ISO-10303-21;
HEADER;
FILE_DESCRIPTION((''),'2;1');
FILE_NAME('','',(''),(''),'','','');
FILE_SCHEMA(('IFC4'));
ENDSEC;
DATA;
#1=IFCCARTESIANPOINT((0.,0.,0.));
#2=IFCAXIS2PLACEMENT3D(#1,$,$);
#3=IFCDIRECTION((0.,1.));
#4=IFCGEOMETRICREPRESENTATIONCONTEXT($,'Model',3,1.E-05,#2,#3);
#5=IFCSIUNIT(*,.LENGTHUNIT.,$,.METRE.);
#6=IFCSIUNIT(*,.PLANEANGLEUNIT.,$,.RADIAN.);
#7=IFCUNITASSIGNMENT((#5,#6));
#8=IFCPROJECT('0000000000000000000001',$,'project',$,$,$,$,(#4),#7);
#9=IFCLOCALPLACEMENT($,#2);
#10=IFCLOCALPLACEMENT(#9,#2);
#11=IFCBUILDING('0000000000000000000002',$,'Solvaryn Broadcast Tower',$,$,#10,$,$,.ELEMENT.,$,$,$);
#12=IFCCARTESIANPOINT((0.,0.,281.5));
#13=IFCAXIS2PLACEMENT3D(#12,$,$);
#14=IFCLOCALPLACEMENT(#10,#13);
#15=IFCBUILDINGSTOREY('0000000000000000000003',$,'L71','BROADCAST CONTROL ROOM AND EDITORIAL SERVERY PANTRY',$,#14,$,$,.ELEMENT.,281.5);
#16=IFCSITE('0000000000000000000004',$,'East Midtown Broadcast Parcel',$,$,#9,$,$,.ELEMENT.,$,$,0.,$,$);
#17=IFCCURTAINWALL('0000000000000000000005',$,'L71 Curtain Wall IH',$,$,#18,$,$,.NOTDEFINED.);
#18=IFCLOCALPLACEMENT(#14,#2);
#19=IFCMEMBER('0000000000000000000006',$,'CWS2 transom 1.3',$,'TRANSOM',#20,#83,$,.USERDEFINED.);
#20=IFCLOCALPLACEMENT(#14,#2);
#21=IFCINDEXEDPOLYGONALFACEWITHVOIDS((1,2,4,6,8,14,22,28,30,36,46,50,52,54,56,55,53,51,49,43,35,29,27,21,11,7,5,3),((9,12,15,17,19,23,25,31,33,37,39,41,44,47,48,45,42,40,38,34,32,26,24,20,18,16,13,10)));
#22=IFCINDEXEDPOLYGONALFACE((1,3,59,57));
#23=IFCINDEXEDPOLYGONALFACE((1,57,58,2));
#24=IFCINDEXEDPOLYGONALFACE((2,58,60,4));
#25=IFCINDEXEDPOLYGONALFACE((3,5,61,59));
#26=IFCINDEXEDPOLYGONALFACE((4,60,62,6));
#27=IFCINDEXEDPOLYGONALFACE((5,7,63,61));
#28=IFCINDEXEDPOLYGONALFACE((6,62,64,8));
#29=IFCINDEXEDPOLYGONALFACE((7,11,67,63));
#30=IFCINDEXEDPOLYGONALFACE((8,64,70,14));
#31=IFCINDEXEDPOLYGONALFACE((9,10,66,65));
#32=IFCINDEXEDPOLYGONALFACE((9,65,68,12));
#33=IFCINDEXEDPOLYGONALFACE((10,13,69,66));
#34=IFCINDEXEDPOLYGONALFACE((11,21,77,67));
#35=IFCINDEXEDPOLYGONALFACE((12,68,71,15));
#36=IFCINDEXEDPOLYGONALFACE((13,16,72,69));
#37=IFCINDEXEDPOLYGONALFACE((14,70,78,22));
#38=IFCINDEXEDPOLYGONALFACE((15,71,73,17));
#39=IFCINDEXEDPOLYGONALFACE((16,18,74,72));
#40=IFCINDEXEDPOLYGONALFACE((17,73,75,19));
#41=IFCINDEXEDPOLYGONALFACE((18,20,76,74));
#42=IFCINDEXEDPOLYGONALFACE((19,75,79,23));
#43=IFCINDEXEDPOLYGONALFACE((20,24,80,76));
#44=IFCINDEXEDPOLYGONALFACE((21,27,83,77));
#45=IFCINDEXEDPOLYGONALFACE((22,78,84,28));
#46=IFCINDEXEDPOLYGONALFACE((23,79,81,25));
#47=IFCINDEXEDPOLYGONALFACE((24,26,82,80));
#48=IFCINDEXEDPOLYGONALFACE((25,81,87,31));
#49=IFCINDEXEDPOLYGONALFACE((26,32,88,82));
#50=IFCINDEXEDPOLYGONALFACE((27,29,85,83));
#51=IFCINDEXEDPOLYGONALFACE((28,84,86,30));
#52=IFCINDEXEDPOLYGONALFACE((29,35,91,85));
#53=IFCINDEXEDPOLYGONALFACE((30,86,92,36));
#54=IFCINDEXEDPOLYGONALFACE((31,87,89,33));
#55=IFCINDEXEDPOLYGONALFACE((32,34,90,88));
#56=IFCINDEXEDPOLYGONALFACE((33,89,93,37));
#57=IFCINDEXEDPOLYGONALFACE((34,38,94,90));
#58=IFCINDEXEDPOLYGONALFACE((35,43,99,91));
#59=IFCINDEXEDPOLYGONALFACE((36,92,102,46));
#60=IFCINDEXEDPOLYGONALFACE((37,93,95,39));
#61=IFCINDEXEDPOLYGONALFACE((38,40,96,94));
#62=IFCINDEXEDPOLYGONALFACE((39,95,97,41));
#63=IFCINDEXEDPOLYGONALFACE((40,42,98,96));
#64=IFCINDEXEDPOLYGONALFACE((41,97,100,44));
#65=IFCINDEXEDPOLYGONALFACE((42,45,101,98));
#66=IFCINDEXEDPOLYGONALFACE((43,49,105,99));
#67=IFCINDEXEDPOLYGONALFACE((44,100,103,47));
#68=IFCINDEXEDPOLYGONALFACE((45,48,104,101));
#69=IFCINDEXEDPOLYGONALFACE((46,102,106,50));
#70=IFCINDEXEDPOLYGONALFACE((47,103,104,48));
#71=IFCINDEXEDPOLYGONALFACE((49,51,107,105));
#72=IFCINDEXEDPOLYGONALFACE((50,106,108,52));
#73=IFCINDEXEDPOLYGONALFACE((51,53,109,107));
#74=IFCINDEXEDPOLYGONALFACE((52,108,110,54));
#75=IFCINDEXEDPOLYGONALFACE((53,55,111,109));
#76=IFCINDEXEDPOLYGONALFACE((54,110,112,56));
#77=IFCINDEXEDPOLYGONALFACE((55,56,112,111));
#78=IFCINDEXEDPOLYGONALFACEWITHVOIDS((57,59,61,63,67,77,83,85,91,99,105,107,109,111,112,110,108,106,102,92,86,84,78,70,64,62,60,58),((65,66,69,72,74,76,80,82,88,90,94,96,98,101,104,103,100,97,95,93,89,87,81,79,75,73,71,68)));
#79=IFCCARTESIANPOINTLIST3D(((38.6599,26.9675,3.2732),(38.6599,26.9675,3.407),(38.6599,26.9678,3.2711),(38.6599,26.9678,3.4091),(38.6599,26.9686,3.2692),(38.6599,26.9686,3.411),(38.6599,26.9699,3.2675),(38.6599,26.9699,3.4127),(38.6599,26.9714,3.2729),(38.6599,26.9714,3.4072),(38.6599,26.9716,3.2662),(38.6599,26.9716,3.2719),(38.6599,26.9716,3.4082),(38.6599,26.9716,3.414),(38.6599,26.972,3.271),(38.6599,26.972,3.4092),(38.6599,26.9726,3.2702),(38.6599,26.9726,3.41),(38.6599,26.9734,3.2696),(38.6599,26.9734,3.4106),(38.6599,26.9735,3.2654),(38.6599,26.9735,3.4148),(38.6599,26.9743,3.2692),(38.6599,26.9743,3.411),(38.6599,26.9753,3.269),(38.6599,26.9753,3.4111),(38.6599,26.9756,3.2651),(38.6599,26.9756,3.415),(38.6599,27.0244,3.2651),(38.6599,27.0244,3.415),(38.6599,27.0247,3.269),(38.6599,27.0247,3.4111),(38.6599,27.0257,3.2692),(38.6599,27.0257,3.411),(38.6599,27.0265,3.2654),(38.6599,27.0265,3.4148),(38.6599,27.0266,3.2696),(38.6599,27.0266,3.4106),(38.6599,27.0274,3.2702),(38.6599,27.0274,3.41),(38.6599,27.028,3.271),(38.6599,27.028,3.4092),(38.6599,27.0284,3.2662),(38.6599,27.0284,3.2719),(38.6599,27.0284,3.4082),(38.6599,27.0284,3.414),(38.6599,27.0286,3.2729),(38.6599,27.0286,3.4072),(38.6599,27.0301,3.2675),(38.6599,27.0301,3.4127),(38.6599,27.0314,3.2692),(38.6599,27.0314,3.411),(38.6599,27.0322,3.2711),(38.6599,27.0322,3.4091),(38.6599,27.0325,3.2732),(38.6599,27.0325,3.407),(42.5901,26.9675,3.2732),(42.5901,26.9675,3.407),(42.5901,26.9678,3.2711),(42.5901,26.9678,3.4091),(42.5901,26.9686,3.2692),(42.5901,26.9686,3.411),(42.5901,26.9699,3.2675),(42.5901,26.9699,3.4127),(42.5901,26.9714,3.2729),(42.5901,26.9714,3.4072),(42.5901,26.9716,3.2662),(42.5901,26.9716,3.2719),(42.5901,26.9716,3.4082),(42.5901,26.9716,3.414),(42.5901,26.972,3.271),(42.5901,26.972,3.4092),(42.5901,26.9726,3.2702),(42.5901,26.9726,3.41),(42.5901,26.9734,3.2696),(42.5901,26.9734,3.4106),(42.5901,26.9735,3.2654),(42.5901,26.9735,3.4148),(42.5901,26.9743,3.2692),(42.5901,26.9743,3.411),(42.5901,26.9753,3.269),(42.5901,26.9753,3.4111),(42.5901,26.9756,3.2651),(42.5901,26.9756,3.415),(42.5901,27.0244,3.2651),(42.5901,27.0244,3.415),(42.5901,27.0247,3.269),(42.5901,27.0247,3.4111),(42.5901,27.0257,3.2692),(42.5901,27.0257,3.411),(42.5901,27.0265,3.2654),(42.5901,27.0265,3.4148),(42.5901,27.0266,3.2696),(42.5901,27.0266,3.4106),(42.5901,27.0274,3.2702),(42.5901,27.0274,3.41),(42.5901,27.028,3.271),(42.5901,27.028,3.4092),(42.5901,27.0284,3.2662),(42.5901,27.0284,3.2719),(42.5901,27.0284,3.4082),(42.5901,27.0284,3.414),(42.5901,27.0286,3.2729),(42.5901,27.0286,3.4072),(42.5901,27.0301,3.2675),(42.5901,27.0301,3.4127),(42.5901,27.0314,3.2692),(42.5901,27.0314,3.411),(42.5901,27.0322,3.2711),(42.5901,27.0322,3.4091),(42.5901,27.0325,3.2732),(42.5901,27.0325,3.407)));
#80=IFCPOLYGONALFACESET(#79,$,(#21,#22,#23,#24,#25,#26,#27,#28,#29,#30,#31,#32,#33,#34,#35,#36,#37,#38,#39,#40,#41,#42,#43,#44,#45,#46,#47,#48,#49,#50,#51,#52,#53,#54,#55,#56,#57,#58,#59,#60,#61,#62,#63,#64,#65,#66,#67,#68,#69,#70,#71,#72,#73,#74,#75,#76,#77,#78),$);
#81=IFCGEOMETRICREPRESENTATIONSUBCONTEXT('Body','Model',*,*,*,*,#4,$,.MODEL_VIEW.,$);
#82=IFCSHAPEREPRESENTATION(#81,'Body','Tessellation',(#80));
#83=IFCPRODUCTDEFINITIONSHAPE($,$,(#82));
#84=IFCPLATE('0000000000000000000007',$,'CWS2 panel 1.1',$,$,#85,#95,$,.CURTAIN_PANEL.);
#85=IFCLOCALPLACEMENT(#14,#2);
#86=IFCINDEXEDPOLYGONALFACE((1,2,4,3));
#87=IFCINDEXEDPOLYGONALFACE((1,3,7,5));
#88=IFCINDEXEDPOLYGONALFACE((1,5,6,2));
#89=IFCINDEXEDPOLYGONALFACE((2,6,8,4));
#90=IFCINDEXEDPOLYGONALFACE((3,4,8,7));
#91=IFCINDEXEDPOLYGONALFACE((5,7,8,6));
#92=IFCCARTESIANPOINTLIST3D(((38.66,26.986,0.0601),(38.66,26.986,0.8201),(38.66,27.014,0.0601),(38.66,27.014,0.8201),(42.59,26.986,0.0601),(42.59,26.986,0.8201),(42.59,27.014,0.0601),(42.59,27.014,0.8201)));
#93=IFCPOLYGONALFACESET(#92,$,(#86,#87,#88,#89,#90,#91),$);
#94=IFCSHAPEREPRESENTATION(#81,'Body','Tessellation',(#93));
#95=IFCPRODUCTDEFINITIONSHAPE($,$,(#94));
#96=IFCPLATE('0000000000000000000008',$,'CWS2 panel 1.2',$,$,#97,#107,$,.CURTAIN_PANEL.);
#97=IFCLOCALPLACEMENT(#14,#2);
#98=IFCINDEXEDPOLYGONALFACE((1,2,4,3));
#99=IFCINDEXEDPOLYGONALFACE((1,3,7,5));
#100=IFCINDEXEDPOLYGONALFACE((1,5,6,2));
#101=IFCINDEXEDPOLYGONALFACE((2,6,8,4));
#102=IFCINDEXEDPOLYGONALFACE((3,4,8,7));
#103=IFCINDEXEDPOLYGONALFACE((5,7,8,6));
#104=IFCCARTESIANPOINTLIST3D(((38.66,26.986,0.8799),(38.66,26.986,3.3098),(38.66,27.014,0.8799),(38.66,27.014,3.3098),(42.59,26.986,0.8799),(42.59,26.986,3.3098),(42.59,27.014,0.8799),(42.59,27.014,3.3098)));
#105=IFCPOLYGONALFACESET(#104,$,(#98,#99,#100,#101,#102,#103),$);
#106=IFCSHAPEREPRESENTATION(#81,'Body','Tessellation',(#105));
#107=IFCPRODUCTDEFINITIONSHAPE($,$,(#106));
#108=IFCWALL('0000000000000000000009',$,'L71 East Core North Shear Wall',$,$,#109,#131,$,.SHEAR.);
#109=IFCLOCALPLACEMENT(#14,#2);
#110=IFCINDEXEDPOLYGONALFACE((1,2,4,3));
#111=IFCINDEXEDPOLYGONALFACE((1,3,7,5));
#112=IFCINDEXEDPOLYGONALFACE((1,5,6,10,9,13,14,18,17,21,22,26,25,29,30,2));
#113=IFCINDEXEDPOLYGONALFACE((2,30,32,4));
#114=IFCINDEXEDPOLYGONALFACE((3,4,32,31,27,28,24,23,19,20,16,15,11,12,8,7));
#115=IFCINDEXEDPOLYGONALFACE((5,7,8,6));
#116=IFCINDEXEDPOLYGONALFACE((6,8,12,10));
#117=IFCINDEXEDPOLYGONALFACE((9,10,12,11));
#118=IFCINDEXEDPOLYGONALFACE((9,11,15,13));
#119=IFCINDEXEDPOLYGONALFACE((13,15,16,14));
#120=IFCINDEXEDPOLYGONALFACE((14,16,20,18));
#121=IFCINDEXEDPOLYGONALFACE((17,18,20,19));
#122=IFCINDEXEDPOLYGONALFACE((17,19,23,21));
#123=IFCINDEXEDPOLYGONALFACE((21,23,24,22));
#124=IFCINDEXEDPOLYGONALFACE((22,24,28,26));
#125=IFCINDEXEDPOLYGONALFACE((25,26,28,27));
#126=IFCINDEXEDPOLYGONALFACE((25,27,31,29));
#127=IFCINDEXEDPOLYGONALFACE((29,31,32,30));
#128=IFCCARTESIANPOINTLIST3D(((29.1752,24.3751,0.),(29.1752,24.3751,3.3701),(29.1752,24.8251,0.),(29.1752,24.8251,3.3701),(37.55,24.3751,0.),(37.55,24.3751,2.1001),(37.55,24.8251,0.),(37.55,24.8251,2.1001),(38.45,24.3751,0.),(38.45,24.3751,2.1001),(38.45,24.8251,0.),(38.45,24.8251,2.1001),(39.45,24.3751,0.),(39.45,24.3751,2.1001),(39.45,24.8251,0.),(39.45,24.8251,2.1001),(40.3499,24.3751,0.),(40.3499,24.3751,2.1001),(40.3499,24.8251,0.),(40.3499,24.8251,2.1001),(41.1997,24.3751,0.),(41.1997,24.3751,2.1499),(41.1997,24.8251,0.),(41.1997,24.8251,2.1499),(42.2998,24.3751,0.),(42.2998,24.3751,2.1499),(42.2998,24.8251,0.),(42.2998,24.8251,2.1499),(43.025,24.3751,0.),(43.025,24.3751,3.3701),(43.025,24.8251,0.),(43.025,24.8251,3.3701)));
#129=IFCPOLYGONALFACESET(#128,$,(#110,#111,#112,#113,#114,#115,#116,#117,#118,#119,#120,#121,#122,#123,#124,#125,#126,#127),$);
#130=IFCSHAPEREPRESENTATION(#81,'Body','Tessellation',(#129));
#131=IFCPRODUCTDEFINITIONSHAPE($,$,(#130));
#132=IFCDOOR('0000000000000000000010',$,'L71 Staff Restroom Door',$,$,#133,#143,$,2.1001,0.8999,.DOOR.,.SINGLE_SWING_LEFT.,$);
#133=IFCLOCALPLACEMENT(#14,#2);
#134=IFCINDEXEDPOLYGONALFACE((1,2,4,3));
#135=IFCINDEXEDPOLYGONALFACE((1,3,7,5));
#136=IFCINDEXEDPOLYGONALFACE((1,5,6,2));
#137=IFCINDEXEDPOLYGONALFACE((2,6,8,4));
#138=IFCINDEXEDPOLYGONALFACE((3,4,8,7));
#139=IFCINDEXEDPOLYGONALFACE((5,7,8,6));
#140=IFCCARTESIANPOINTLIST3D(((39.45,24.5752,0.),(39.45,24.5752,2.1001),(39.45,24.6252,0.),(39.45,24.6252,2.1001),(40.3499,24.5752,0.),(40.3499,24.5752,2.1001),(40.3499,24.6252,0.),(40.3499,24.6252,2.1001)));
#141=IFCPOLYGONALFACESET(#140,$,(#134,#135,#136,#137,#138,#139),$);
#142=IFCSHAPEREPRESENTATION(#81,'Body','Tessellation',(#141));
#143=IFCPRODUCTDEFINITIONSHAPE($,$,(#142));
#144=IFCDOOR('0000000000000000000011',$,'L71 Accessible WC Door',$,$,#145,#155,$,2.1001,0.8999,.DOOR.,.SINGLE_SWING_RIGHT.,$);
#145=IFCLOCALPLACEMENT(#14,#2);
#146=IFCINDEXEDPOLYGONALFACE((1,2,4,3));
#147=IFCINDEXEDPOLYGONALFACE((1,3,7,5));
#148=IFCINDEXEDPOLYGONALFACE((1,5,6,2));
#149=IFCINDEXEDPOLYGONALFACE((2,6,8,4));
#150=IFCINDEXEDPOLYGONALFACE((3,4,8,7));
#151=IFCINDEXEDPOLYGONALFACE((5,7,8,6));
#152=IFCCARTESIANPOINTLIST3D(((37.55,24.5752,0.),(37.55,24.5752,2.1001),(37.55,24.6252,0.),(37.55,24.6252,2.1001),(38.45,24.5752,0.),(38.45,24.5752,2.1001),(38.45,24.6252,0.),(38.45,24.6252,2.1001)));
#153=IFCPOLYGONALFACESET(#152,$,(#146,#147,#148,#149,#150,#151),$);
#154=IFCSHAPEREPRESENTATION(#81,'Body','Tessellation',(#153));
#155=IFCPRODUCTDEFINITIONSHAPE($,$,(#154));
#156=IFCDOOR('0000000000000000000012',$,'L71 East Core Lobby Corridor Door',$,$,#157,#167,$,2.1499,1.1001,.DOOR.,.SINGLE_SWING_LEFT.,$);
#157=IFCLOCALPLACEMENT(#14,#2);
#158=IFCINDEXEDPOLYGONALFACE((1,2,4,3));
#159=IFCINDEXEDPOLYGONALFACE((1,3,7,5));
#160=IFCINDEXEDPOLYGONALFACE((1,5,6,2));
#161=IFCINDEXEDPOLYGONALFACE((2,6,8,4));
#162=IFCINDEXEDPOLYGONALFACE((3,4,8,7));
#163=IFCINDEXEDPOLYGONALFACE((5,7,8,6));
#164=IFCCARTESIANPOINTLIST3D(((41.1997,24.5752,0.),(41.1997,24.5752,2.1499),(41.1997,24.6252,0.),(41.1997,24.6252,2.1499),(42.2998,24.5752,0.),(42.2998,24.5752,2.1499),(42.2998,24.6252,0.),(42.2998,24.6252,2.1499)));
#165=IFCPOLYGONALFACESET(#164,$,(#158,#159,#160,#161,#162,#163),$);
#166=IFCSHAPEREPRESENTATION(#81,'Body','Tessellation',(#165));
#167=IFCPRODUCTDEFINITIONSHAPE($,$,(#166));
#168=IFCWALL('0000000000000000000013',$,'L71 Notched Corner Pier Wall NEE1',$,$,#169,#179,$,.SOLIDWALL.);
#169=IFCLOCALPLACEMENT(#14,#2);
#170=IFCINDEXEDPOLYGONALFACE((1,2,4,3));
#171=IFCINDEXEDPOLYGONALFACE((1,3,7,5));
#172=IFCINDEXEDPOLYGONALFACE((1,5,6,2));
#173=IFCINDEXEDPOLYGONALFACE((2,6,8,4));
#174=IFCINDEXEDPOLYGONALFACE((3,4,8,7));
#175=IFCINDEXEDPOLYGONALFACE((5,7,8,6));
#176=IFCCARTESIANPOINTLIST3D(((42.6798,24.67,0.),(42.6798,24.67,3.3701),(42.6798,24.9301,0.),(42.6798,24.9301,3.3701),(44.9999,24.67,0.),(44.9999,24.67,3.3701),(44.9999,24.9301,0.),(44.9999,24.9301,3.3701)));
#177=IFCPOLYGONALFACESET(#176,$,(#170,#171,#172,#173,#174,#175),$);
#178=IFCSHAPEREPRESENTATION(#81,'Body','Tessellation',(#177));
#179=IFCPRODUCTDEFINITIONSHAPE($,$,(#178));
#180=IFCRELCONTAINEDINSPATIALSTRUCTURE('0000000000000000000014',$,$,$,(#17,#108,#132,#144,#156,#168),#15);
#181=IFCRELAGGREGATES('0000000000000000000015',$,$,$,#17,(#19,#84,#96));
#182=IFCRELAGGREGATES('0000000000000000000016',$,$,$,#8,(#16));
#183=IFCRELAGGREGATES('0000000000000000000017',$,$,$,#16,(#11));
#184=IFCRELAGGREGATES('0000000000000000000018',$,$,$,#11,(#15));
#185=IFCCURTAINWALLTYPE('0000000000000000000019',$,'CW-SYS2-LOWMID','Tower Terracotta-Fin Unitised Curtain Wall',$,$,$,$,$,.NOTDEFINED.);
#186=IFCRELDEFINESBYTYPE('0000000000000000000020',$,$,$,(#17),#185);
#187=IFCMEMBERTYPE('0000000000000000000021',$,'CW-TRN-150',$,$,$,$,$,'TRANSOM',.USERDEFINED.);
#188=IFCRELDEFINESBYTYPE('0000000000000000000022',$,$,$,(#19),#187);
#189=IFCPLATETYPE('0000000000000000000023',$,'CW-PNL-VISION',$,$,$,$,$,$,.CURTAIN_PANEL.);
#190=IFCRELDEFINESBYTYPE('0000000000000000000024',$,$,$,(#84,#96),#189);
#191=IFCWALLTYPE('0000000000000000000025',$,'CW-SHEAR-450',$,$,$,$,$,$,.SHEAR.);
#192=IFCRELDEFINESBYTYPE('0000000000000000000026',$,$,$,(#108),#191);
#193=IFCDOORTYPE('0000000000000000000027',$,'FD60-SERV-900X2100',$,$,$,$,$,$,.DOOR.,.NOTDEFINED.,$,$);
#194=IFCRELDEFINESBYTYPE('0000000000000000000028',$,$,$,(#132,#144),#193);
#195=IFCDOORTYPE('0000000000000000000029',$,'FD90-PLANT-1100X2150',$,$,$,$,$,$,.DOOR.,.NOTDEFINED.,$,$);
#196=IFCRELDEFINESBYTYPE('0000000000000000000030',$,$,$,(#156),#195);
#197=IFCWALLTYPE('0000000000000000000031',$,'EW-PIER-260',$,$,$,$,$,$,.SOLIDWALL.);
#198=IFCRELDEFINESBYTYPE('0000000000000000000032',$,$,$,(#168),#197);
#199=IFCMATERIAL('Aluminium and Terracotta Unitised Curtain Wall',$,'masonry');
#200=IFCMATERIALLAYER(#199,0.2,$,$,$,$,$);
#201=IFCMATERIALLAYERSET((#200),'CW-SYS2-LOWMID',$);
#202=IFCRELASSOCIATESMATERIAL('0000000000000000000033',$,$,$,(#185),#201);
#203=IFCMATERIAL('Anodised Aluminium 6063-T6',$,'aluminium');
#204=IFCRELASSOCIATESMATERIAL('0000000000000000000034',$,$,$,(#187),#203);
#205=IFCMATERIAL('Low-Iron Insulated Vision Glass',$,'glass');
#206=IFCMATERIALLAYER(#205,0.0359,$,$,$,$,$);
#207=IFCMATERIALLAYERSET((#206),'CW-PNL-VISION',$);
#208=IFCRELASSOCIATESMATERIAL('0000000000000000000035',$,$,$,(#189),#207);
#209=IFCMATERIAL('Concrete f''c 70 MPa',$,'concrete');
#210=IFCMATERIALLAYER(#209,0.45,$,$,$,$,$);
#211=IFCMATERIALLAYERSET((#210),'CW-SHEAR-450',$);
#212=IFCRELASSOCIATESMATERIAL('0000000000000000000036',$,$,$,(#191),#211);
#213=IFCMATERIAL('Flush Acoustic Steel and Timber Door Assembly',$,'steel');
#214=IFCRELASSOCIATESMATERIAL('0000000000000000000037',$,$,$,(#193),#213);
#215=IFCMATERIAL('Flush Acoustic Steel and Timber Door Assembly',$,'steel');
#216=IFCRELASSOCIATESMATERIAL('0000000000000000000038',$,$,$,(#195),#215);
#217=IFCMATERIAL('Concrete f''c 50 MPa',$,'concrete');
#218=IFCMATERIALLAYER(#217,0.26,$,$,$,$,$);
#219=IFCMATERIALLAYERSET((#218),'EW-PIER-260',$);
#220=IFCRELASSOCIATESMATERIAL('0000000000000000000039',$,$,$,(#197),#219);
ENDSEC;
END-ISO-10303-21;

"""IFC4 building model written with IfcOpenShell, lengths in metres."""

from ifc_helpers import new_model, si_unit, direction, frame, frame_2d, origin, origin_2d, place, context, subcontext, project, spatial, rectangle, hollow_rectangle, extrude, material, layer, layer_set, material_profile, profile_set, type_object, element, fill, aggregate, save


model = new_model("IFC4")

# Units and contexts
model_context = context("Model", 3, precision=1e-05, world=origin(), true_north=direction((0.0, 1.0)))
body_context = subcontext(model_context, "Body", "Model", "MODEL_VIEW")
ifc_project = project(units=[si_unit("LENGTHUNIT", "METRE"), si_unit("PLANEANGLEUNIT", "RADIAN")], contexts=[model_context])

# Site, building, storey
site_placement = place(None, origin())
site = spatial("IfcSite", under=ifc_project, at=site_placement, Name="East Midtown Broadcast Parcel", CompositionType="ELEMENT", RefElevation=0.0)
building_placement = place(site_placement, origin())
building = spatial("IfcBuilding", under=site, at=building_placement, Name="Solvaryn Broadcast Tower", CompositionType="ELEMENT")
storey_placement = place(building_placement, frame((0.0, 0.0, 281.5)))
storey = spatial("IfcBuildingStorey", under=building, at=storey_placement, Name="L71", Description="BROADCAST CONTROL ROOM AND EDITORIAL SERVERY PANTRY", CompositionType="ELEMENT", Elevation=281.5)

# Shared definitions
ifc_material_1 = material(Name="Aluminium and Terracotta Unitised Curtain Wall", Category="masonry")
ifc_layer_1 = layer(ifc_material_1, 0.2)
ifc_layer_set_1 = layer_set([ifc_layer_1], Name="CW-SYS2-LOWMID")
curtain_wall_type = type_object("IfcCurtainWallType", Name="CW-SYS2-LOWMID", Description="Tower Terracotta-Fin Unitised Curtain Wall", PredefinedType="NOTDEFINED", material=ifc_layer_set_1)

# Curtain wall
curtain_wall_1_placement = place(storey_placement, origin())
curtain_wall_1 = element("IfcCurtainWall", 1, at=curtain_wall_1_placement, inside=storey, type_object=curtain_wall_type, Name="L71 Curtain Wall IH", PredefinedType="NOTDEFINED")

# Member
ifc_material_2 = material(Name="Anodised Aluminium 6063-T6", Category="aluminium")
ifc_material_profile_1 = material_profile(ifc_material_2, hollow_rectangle(XDim=0.0649, YDim=0.1499, WallThickness=0.0039, InnerFilletRadius=0.0039, OuterFilletRadius=0.0081, at=origin_2d()))
ifc_profile_set_1 = profile_set([ifc_material_profile_1], Name="Anodised Aluminium 6063-T6")
member_type_1 = type_object("IfcMemberType", Name="CW-TRN-150", ElementType="TRANSOM", PredefinedType="USERDEFINED", material=ifc_profile_set_1)
member_1_placement = place(storey_placement, frame((38.6599, 27.0, 3.3401), z_axis=(1.0, 0.0, 0.0), x_axis=(0.0, 1.0, 0.0)))
member_1 = element("IfcMember", 2, at=member_1_placement, type_object=member_type_1, Name="CWS2 transom 1.3", ObjectType="TRANSOM", PredefinedType="USERDEFINED", context=body_context, shape_type="SweptSolid", body=[
    extrude(hollow_rectangle(XDim=0.0649, YDim=0.1499, WallThickness=0.0039, InnerFilletRadius=0.0039, OuterFilletRadius=0.0081, at=origin_2d()), origin(), (0.0, 0.0, 1.0), 3.9302),
])

# Plates
ifc_material_3 = material(Name="Low-Iron Insulated Vision Glass", Category="glass")
ifc_layer_2 = layer(ifc_material_3, 0.0359)
ifc_layer_set_2 = layer_set([ifc_layer_2], Name="CW-PNL-VISION")
plate_type = type_object("IfcPlateType", Name="CW-PNL-VISION", PredefinedType="CURTAIN_PANEL", material=ifc_layer_set_2)
plate_1_placement = place(storey_placement, frame((40.625, 27.0, 0.0601), z_axis=(0.0, 0.0, 1.0), x_axis=(1.0, 0.0, 0.0)))
plate_1 = element("IfcPlate", 3, at=plate_1_placement, type_object=plate_type, Name="CWS2 panel 1.1", PredefinedType="CURTAIN_PANEL", context=body_context, shape_type="SweptSolid", body=[
    extrude(rectangle(XDim=3.9299, YDim=0.0281, at=origin_2d()), origin(), (0.0, 0.0, 1.0), 0.76),
])
plate_2_placement = place(storey_placement, frame((40.625, 27.0, 0.8799), z_axis=(0.0, 0.0, 1.0), x_axis=(1.0, 0.0, 0.0)))
plate_2 = element("IfcPlate", 4, at=plate_2_placement, type_object=plate_type, Name="CWS2 panel 1.2", PredefinedType="CURTAIN_PANEL", context=body_context, shape_type="SweptSolid", body=[
    extrude(rectangle(XDim=3.9299, YDim=0.0281, at=origin_2d()), origin(), (0.0, 0.0, 1.0), 2.4299),
])
aggregate(curtain_wall_1, [member_1, plate_1, plate_2])

# Wall, openings, doors
ifc_material_4 = material(Name="Concrete f'c 70 MPa", Category="concrete")
ifc_layer_3 = layer(ifc_material_4, 0.45)
ifc_layer_set_3 = layer_set([ifc_layer_3], Name="CW-SHEAR-450")
wall_type_1 = type_object("IfcWallType", Name="CW-SHEAR-450", PredefinedType="SHEAR", material=ifc_layer_set_3)
wall_1_placement = place(storey_placement, frame((43.0249, 24.6001, 0.0), z_axis=(0.0, 0.0, 1.0), x_axis=(-1.0, 0.0, 0.0)))
wall_1 = element("IfcWall", 5, at=wall_1_placement, inside=storey, type_object=wall_type_1, Name="L71 East Core North Shear Wall", PredefinedType="SHEAR", context=body_context, shape_type="SweptSolid", body=[
    extrude(rectangle(XDim=13.8499, YDim=0.45, at=frame_2d((6.9248, 0.0))), origin(), (0.0, 0.0, 1.0), 3.3701),
])
opening_1_placement = place(wall_1_placement, frame((0.7251, 0.0, 0.0)))
opening_1 = element("IfcOpeningElement", 6, at=opening_1_placement, cuts=wall_1, PredefinedType="OPENING", context=body_context, shape_type="SweptSolid", body=[
    extrude(rectangle(XDim=1.1001, YDim=2.1499, at=frame_2d((0.55, 1.075))), frame((0.0, 0.2351, 0.0), z_axis=(0.0, -1.0, 0.0), x_axis=(1.0, 0.0, 0.0)), (0.0, 0.0, 1.0), 0.47),
])
opening_2_placement = place(wall_1_placement, frame((2.675, 0.0, 0.0)))
opening_2 = element("IfcOpeningElement", 7, at=opening_2_placement, cuts=wall_1, PredefinedType="OPENING", context=body_context, shape_type="SweptSolid", body=[
    extrude(rectangle(XDim=0.8999, YDim=2.1001, at=frame_2d((0.45, 1.05))), frame((0.0, 0.2351, 0.0), z_axis=(0.0, -1.0, 0.0), x_axis=(1.0, 0.0, 0.0)), (0.0, 0.0, 1.0), 0.47),
])
opening_3_placement = place(wall_1_placement, frame((4.575, 0.0, 0.0)))
opening_3 = element("IfcOpeningElement", 8, at=opening_3_placement, cuts=wall_1, PredefinedType="OPENING", context=body_context, shape_type="SweptSolid", body=[
    extrude(rectangle(XDim=0.8999, YDim=2.1001, at=frame_2d((0.45, 1.05))), frame((0.0, 0.2351, 0.0), z_axis=(0.0, -1.0, 0.0), x_axis=(1.0, 0.0, 0.0)), (0.0, 0.0, 1.0), 0.47),
])
ifc_material_5 = material(Name="Flush Acoustic Steel and Timber Door Assembly", Category="steel")
door_type_1 = type_object("IfcDoorType", Name="FD60-SERV-900X2100", OperationType="NOTDEFINED", PredefinedType="DOOR", material=ifc_material_5)
door_1_placement = place(opening_2_placement, origin())
door_1 = element("IfcDoor", 9, at=door_1_placement, inside=storey, type_object=door_type_1, Name="L71 Staff Restroom Door", OperationType="SINGLE_SWING_LEFT", OverallHeight=2.1001, OverallWidth=0.8999, PredefinedType="DOOR", context=body_context, shape_type="SweptSolid", body=[
    extrude(rectangle(XDim=0.8999, YDim=2.1001, at=frame_2d((0.45, 1.05))), frame((0.0, 0.0249, 0.0), z_axis=(0.0, -1.0, 0.0), x_axis=(1.0, 0.0, 0.0)), (0.0, 0.0, 1.0), 0.05),
])
fill(opening_2, door_1)
door_2_placement = place(opening_3_placement, origin())
door_2 = element("IfcDoor", 10, at=door_2_placement, inside=storey, type_object=door_type_1, Name="L71 Accessible WC Door", OperationType="SINGLE_SWING_RIGHT", OverallHeight=2.1001, OverallWidth=0.8999, PredefinedType="DOOR", context=body_context, shape_type="SweptSolid", body=[
    extrude(rectangle(XDim=0.8999, YDim=2.1001, at=frame_2d((0.45, 1.05))), frame((0.0, 0.0249, 0.0), z_axis=(0.0, -1.0, 0.0), x_axis=(1.0, 0.0, 0.0)), (0.0, 0.0, 1.0), 0.05),
])
fill(opening_3, door_2)
ifc_material_6 = material(Name="Flush Acoustic Steel and Timber Door Assembly", Category="steel")
door_type_2 = type_object("IfcDoorType", Name="FD90-PLANT-1100X2150", OperationType="NOTDEFINED", PredefinedType="DOOR", material=ifc_material_6)
door_3_placement = place(opening_1_placement, origin())
door_3 = element("IfcDoor", 11, at=door_3_placement, inside=storey, type_object=door_type_2, Name="L71 East Core Lobby Corridor Door", OperationType="SINGLE_SWING_LEFT", OverallHeight=2.1499, OverallWidth=1.1001, PredefinedType="DOOR", context=body_context, shape_type="SweptSolid", body=[
    extrude(rectangle(XDim=1.1001, YDim=2.1499, at=frame_2d((0.55, 1.075))), frame((0.0, 0.0249, 0.0), z_axis=(0.0, -1.0, 0.0), x_axis=(1.0, 0.0, 0.0)), (0.0, 0.0, 1.0), 0.05),
])
fill(opening_1, door_3)

# Wall
ifc_material_7 = material(Name="Concrete f'c 50 MPa", Category="concrete")
ifc_layer_4 = layer(ifc_material_7, 0.26)
ifc_layer_set_4 = layer_set([ifc_layer_4], Name="EW-PIER-260")
wall_type_2 = type_object("IfcWallType", Name="EW-PIER-260", PredefinedType="SOLIDWALL", material=ifc_layer_set_4)
wall_2_placement = place(storey_placement, frame((45.0, 24.8, 0.0), z_axis=(0.0, 0.0, 1.0), x_axis=(-1.0, 0.0, 0.0)))
element("IfcWall", 12, at=wall_2_placement, inside=storey, type_object=wall_type_2, Name="L71 Notched Corner Pier Wall NEE1", PredefinedType="SOLIDWALL", context=body_context, shape_type="SweptSolid", body=[
    extrude(rectangle(XDim=2.3201, YDim=0.26, at=frame_2d((1.1602, 0.0))), origin(), (0.0, 0.0, 1.0), 3.3701),
])

save(model, "model.ifc")
